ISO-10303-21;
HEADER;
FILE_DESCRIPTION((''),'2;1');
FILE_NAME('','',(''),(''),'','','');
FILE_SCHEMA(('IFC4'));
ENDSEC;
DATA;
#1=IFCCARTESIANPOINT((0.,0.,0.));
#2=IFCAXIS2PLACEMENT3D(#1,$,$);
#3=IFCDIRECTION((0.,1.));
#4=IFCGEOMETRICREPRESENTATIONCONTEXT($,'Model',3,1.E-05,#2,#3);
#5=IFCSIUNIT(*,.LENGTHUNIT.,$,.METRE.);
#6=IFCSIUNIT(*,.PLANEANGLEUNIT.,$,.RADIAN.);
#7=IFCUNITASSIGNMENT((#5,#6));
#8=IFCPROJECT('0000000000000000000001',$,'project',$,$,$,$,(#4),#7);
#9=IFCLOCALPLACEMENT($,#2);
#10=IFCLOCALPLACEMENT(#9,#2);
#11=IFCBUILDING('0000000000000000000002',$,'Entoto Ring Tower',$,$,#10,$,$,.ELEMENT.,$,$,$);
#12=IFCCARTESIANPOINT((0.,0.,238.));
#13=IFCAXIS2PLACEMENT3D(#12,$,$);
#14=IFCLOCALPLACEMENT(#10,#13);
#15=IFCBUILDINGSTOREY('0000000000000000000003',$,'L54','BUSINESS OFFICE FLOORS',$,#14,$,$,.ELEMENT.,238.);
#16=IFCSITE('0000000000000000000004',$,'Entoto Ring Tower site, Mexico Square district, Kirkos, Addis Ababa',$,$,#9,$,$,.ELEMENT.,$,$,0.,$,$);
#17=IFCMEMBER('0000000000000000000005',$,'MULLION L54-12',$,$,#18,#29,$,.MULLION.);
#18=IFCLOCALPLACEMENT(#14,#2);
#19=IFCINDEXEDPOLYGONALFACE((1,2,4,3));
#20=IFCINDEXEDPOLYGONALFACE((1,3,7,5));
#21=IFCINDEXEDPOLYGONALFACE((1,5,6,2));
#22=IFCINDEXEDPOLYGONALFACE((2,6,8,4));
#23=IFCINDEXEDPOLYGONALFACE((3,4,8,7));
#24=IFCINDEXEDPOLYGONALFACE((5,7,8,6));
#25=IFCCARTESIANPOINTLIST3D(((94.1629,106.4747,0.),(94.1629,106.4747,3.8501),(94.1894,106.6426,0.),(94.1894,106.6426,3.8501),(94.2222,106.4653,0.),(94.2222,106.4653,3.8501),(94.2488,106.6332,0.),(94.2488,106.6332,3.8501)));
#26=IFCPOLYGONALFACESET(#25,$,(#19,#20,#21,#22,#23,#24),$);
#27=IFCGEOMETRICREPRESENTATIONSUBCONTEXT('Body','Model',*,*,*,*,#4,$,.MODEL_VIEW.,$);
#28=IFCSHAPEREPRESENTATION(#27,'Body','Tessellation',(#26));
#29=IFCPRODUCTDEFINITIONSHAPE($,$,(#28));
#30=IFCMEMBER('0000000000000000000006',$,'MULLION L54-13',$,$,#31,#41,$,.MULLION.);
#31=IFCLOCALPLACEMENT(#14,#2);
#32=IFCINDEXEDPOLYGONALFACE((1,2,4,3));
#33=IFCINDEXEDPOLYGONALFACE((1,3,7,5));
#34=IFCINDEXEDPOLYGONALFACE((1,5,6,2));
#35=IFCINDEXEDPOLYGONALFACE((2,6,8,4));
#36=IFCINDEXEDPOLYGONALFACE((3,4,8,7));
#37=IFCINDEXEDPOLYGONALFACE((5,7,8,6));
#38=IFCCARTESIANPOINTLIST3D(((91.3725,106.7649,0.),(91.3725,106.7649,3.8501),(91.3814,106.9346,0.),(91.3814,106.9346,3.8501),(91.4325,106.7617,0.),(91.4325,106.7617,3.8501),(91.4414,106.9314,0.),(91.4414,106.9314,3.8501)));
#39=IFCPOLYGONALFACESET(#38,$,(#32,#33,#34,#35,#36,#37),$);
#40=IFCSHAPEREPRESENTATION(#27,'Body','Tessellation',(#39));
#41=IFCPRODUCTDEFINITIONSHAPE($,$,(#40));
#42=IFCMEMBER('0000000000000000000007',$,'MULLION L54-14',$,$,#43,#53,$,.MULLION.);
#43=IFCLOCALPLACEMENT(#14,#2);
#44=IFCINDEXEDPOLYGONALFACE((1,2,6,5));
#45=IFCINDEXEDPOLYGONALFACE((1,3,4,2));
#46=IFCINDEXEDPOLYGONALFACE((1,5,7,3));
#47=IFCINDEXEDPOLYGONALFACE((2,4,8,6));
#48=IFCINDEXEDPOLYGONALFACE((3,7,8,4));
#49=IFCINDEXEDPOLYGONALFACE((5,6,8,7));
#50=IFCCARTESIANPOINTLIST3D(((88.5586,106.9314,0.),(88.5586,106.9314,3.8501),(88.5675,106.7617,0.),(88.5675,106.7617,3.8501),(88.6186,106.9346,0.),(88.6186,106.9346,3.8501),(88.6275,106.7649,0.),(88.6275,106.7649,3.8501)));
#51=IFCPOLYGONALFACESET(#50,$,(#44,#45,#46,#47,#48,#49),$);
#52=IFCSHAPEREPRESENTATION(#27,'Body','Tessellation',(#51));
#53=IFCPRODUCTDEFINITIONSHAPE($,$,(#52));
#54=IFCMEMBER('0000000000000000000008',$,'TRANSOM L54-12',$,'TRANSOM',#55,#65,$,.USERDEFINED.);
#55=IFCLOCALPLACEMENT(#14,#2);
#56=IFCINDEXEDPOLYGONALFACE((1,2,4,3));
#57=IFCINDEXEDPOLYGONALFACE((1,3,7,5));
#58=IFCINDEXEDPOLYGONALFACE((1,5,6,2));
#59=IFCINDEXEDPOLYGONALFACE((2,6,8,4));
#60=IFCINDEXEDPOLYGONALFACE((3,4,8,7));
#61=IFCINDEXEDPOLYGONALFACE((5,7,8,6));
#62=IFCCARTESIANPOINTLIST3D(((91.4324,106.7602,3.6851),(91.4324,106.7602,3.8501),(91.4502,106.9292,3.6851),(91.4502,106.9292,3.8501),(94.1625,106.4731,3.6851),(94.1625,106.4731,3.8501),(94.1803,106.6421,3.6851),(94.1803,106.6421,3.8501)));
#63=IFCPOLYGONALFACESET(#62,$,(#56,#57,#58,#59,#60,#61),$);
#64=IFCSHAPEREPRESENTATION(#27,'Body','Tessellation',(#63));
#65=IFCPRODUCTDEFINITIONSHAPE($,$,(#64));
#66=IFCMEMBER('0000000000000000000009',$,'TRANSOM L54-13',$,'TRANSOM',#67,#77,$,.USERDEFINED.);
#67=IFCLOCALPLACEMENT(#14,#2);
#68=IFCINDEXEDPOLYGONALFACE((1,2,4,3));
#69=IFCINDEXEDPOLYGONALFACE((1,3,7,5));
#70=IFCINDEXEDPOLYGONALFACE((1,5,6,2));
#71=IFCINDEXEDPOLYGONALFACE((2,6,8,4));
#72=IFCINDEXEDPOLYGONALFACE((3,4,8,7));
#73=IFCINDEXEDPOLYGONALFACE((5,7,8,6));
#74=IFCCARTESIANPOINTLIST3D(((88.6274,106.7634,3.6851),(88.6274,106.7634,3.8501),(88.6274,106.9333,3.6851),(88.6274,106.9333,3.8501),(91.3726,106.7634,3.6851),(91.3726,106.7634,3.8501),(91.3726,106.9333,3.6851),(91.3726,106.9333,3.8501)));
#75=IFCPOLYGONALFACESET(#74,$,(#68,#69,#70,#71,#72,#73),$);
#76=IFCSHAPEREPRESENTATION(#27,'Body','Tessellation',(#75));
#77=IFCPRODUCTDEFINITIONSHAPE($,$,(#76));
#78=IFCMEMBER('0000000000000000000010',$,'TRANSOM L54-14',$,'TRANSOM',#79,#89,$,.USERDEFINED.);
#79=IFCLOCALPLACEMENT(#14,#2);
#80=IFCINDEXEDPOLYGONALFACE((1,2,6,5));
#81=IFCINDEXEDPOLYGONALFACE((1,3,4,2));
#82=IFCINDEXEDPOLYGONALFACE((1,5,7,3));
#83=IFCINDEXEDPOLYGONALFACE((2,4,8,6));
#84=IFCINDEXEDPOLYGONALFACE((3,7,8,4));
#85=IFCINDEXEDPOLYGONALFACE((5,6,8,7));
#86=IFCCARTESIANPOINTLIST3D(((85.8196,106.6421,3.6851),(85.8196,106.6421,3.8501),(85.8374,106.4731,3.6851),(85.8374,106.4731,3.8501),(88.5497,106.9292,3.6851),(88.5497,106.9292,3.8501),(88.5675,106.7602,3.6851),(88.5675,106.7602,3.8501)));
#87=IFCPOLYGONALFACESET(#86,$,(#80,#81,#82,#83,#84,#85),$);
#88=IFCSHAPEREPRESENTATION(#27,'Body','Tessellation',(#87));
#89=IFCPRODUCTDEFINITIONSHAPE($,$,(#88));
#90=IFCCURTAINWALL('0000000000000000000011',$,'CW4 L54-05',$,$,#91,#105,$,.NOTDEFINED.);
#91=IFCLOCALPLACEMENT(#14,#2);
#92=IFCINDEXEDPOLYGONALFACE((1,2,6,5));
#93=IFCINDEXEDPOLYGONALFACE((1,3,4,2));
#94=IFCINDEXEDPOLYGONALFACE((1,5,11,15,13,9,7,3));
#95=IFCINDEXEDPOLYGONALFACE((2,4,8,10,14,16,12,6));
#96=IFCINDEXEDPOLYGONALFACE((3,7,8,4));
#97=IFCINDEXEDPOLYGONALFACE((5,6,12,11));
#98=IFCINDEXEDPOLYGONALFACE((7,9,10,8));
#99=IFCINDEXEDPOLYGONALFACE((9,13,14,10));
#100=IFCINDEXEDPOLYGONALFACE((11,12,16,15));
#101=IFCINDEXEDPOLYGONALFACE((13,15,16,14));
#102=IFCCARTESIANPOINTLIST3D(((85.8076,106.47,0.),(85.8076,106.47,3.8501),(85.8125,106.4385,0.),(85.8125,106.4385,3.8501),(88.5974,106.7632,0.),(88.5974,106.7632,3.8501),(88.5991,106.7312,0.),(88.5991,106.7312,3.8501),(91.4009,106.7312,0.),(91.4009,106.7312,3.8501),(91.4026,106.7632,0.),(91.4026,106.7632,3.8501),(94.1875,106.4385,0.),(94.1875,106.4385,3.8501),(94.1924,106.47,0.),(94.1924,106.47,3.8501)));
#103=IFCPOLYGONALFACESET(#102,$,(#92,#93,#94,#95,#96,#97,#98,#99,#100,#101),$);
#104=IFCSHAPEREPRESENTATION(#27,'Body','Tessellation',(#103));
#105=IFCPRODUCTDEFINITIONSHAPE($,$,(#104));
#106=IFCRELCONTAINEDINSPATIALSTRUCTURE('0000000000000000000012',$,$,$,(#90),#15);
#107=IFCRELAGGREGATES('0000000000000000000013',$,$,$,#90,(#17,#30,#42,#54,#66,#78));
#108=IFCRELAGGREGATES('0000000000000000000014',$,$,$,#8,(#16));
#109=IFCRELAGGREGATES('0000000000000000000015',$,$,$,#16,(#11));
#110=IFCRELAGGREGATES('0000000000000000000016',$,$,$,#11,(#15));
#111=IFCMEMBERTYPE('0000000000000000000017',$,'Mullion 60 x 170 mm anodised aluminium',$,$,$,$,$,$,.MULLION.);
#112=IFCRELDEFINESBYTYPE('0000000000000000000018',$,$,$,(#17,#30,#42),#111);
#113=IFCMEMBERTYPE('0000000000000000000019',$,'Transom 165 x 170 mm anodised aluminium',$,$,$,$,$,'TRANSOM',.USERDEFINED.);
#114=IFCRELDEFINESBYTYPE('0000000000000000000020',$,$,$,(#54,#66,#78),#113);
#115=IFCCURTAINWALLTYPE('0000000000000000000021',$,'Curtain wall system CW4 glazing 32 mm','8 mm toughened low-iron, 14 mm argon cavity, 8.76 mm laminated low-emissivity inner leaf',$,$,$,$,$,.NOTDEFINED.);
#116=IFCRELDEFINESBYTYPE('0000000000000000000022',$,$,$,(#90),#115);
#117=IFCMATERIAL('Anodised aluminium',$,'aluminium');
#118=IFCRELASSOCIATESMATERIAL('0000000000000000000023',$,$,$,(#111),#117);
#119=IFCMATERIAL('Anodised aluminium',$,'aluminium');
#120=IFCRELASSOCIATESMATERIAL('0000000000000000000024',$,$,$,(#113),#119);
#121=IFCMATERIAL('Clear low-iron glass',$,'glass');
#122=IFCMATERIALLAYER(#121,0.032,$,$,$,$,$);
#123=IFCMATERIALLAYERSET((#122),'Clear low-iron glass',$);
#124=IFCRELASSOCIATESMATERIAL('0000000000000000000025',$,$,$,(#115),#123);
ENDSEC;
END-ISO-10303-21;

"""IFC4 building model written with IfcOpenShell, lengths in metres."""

from ifc_helpers import new_model, si_unit, direction, frame, origin, origin_2d, place, context, subcontext, project, spatial, polyline, rectangle, outline, extrude, material, layer, layer_set, material_profile, profile_set, type_object, element, aggregate, save


model = new_model("IFC4")

# Units and contexts
model_context = context("Model", 3, precision=1e-05, world=origin(), true_north=direction((0.0, 1.0)))
body_context = subcontext(model_context, "Body", "Model", "MODEL_VIEW")
ifc_project = project(units=[si_unit("LENGTHUNIT", "METRE"), si_unit("PLANEANGLEUNIT", "RADIAN")], contexts=[model_context])

# Members
ifc_material_1 = material(Name="Anodised aluminium", Category="aluminium")
ifc_material_profile_1 = material_profile(ifc_material_1, rectangle(XDim=0.0601, YDim=0.1699, at=origin_2d()), Name="Mullion 60 x 170 mm anodised aluminium")
ifc_profile_set_1 = profile_set([ifc_material_profile_1], Name="Anodised aluminium")
member_type_1 = type_object("IfcMemberType", Name="Mullion 60 x 170 mm anodised aluminium", PredefinedType="MULLION", material=ifc_profile_set_1)
site_placement = place(None, origin())
building_placement = place(site_placement, origin())
storey_placement = place(building_placement, frame((0.0, 0.0, 238.0)))
member_1_placement = place(storey_placement, frame((94.2058, 106.554, 0.0), z_axis=(0.0, 0.0, 1.0), x_axis=(-0.987688, 0.156434, 0.0)))
member_1 = element("IfcMember", 1, at=member_1_placement, type_object=member_type_1, Name="MULLION L54-12", PredefinedType="MULLION", context=body_context, shape_type="SweptSolid", body=[
    extrude(rectangle(XDim=0.0601, YDim=0.1699, at=origin_2d()), origin(), (0.0, 0.0, 1.0), 3.8501),
])
member_2_placement = place(storey_placement, frame((91.407, 106.8481, 0.0), z_axis=(0.0, 0.0, 1.0), x_axis=(-0.99863, 0.052336, 0.0)))
member_2 = element("IfcMember", 2, at=member_2_placement, type_object=member_type_1, Name="MULLION L54-13", PredefinedType="MULLION", context=body_context, shape_type="SweptSolid", body=[
    extrude(rectangle(XDim=0.0601, YDim=0.1699, at=origin_2d()), origin(), (0.0, 0.0, 1.0), 3.8501),
])
member_3_placement = place(storey_placement, frame((88.593, 106.8481, 0.0), z_axis=(0.0, 0.0, 1.0), x_axis=(-0.99863, -0.052336, 0.0)))
member_3 = element("IfcMember", 3, at=member_3_placement, type_object=member_type_1, Name="MULLION L54-14", PredefinedType="MULLION", context=body_context, shape_type="SweptSolid", body=[
    extrude(rectangle(XDim=0.0601, YDim=0.1699, at=origin_2d()), origin(), (0.0, 0.0, 1.0), 3.8501),
])
ifc_material_2 = material(Name="Anodised aluminium", Category="aluminium")
ifc_material_profile_2 = material_profile(ifc_material_2, rectangle(XDim=0.1699, YDim=0.165, at=origin_2d()), Name="Transom 165 x 170 mm anodised aluminium")
ifc_profile_set_2 = profile_set([ifc_material_profile_2], Name="Anodised aluminium")
member_type_2 = type_object("IfcMemberType", Name="Transom 165 x 170 mm anodised aluminium", ElementType="TRANSOM", PredefinedType="USERDEFINED", material=ifc_profile_set_2)
member_4_placement = place(storey_placement, frame((94.1714, 106.5576, 3.7676), z_axis=(-0.994515, 0.104592, 0.0), x_axis=(-0.104592, -0.994515, 0.0)))
member_4 = element("IfcMember", 4, at=member_4_placement, type_object=member_type_2, Name="TRANSOM L54-12", ObjectType="TRANSOM", PredefinedType="USERDEFINED", context=body_context, shape_type="SweptSolid", body=[
    extrude(rectangle(XDim=0.1699, YDim=0.165, at=origin_2d()), origin(), (0.0, 0.0, 1.0), 2.7451),
])
member_5_placement = place(storey_placement, frame((91.3726, 106.8484, 3.7676), z_axis=(-1.0, 0.0, 0.0), x_axis=(0.0, -1.0, 0.0)))
member_5 = element("IfcMember", 5, at=member_5_placement, type_object=member_type_2, Name="TRANSOM L54-13", ObjectType="TRANSOM", PredefinedType="USERDEFINED", context=body_context, shape_type="SweptSolid", body=[
    extrude(rectangle(XDim=0.1699, YDim=0.165, at=origin_2d()), origin(), (0.0, 0.0, 1.0), 2.7451),
])
member_6_placement = place(storey_placement, frame((88.5586, 106.8447, 3.7676), z_axis=(-0.994515, -0.104592, 0.0), x_axis=(0.104592, -0.994515, 0.0)))
member_6 = element("IfcMember", 6, at=member_6_placement, type_object=member_type_2, Name="TRANSOM L54-14", ObjectType="TRANSOM", PredefinedType="USERDEFINED", context=body_context, shape_type="SweptSolid", body=[
    extrude(rectangle(XDim=0.1699, YDim=0.165, at=origin_2d()), origin(), (0.0, 0.0, 1.0), 2.7451),
])

# Site, building, storey
site = spatial("IfcSite", under=ifc_project, at=site_placement, Name="Entoto Ring Tower site, Mexico Square district, Kirkos, Addis Ababa", CompositionType="ELEMENT", RefElevation=0.0)
building = spatial("IfcBuilding", under=site, at=building_placement, Name="Entoto Ring Tower", CompositionType="ELEMENT")
storey = spatial("IfcBuildingStorey", under=building, at=storey_placement, Name="L54", Description="BUSINESS OFFICE FLOORS", CompositionType="ELEMENT", Elevation=238.0)

# Curtain wall
ifc_material_3 = material(Name="Clear low-iron glass", Category="glass")
ifc_layer = layer(ifc_material_3, 0.032)
ifc_layer_set = layer_set([ifc_layer], Name="Clear low-iron glass")
curtain_wall_type = type_object("IfcCurtainWallType", Name="Curtain wall system CW4 glazing 32 mm", Description="8 mm toughened low-iron, 14 mm argon cavity, 8.76 mm laminated low-emissivity inner leaf", PredefinedType="NOTDEFINED", material=ifc_layer_set)
curtain_wall_1_placement = place(storey_placement, origin())
curtain_wall_1 = element("IfcCurtainWall", 7, at=curtain_wall_1_placement, inside=storey, type_object=curtain_wall_type, Name="CW4 L54-05", PredefinedType="NOTDEFINED", context=body_context, shape_type="SweptSolid", body=[
    extrude(outline(polyline([(94.1924, 106.47), (91.4026, 106.7632), (88.5974, 106.7632), (85.8076, 106.47), (85.8125, 106.4385), (88.5991, 106.7312), (91.4009, 106.7312), (94.1875, 106.4385), (94.1924, 106.47)])), origin(), (0.0, 0.0, 1.0), 3.8501),
])
aggregate(curtain_wall_1, [member_1, member_2, member_3, member_4, member_5, member_6])

save(model, "model.ifc")
